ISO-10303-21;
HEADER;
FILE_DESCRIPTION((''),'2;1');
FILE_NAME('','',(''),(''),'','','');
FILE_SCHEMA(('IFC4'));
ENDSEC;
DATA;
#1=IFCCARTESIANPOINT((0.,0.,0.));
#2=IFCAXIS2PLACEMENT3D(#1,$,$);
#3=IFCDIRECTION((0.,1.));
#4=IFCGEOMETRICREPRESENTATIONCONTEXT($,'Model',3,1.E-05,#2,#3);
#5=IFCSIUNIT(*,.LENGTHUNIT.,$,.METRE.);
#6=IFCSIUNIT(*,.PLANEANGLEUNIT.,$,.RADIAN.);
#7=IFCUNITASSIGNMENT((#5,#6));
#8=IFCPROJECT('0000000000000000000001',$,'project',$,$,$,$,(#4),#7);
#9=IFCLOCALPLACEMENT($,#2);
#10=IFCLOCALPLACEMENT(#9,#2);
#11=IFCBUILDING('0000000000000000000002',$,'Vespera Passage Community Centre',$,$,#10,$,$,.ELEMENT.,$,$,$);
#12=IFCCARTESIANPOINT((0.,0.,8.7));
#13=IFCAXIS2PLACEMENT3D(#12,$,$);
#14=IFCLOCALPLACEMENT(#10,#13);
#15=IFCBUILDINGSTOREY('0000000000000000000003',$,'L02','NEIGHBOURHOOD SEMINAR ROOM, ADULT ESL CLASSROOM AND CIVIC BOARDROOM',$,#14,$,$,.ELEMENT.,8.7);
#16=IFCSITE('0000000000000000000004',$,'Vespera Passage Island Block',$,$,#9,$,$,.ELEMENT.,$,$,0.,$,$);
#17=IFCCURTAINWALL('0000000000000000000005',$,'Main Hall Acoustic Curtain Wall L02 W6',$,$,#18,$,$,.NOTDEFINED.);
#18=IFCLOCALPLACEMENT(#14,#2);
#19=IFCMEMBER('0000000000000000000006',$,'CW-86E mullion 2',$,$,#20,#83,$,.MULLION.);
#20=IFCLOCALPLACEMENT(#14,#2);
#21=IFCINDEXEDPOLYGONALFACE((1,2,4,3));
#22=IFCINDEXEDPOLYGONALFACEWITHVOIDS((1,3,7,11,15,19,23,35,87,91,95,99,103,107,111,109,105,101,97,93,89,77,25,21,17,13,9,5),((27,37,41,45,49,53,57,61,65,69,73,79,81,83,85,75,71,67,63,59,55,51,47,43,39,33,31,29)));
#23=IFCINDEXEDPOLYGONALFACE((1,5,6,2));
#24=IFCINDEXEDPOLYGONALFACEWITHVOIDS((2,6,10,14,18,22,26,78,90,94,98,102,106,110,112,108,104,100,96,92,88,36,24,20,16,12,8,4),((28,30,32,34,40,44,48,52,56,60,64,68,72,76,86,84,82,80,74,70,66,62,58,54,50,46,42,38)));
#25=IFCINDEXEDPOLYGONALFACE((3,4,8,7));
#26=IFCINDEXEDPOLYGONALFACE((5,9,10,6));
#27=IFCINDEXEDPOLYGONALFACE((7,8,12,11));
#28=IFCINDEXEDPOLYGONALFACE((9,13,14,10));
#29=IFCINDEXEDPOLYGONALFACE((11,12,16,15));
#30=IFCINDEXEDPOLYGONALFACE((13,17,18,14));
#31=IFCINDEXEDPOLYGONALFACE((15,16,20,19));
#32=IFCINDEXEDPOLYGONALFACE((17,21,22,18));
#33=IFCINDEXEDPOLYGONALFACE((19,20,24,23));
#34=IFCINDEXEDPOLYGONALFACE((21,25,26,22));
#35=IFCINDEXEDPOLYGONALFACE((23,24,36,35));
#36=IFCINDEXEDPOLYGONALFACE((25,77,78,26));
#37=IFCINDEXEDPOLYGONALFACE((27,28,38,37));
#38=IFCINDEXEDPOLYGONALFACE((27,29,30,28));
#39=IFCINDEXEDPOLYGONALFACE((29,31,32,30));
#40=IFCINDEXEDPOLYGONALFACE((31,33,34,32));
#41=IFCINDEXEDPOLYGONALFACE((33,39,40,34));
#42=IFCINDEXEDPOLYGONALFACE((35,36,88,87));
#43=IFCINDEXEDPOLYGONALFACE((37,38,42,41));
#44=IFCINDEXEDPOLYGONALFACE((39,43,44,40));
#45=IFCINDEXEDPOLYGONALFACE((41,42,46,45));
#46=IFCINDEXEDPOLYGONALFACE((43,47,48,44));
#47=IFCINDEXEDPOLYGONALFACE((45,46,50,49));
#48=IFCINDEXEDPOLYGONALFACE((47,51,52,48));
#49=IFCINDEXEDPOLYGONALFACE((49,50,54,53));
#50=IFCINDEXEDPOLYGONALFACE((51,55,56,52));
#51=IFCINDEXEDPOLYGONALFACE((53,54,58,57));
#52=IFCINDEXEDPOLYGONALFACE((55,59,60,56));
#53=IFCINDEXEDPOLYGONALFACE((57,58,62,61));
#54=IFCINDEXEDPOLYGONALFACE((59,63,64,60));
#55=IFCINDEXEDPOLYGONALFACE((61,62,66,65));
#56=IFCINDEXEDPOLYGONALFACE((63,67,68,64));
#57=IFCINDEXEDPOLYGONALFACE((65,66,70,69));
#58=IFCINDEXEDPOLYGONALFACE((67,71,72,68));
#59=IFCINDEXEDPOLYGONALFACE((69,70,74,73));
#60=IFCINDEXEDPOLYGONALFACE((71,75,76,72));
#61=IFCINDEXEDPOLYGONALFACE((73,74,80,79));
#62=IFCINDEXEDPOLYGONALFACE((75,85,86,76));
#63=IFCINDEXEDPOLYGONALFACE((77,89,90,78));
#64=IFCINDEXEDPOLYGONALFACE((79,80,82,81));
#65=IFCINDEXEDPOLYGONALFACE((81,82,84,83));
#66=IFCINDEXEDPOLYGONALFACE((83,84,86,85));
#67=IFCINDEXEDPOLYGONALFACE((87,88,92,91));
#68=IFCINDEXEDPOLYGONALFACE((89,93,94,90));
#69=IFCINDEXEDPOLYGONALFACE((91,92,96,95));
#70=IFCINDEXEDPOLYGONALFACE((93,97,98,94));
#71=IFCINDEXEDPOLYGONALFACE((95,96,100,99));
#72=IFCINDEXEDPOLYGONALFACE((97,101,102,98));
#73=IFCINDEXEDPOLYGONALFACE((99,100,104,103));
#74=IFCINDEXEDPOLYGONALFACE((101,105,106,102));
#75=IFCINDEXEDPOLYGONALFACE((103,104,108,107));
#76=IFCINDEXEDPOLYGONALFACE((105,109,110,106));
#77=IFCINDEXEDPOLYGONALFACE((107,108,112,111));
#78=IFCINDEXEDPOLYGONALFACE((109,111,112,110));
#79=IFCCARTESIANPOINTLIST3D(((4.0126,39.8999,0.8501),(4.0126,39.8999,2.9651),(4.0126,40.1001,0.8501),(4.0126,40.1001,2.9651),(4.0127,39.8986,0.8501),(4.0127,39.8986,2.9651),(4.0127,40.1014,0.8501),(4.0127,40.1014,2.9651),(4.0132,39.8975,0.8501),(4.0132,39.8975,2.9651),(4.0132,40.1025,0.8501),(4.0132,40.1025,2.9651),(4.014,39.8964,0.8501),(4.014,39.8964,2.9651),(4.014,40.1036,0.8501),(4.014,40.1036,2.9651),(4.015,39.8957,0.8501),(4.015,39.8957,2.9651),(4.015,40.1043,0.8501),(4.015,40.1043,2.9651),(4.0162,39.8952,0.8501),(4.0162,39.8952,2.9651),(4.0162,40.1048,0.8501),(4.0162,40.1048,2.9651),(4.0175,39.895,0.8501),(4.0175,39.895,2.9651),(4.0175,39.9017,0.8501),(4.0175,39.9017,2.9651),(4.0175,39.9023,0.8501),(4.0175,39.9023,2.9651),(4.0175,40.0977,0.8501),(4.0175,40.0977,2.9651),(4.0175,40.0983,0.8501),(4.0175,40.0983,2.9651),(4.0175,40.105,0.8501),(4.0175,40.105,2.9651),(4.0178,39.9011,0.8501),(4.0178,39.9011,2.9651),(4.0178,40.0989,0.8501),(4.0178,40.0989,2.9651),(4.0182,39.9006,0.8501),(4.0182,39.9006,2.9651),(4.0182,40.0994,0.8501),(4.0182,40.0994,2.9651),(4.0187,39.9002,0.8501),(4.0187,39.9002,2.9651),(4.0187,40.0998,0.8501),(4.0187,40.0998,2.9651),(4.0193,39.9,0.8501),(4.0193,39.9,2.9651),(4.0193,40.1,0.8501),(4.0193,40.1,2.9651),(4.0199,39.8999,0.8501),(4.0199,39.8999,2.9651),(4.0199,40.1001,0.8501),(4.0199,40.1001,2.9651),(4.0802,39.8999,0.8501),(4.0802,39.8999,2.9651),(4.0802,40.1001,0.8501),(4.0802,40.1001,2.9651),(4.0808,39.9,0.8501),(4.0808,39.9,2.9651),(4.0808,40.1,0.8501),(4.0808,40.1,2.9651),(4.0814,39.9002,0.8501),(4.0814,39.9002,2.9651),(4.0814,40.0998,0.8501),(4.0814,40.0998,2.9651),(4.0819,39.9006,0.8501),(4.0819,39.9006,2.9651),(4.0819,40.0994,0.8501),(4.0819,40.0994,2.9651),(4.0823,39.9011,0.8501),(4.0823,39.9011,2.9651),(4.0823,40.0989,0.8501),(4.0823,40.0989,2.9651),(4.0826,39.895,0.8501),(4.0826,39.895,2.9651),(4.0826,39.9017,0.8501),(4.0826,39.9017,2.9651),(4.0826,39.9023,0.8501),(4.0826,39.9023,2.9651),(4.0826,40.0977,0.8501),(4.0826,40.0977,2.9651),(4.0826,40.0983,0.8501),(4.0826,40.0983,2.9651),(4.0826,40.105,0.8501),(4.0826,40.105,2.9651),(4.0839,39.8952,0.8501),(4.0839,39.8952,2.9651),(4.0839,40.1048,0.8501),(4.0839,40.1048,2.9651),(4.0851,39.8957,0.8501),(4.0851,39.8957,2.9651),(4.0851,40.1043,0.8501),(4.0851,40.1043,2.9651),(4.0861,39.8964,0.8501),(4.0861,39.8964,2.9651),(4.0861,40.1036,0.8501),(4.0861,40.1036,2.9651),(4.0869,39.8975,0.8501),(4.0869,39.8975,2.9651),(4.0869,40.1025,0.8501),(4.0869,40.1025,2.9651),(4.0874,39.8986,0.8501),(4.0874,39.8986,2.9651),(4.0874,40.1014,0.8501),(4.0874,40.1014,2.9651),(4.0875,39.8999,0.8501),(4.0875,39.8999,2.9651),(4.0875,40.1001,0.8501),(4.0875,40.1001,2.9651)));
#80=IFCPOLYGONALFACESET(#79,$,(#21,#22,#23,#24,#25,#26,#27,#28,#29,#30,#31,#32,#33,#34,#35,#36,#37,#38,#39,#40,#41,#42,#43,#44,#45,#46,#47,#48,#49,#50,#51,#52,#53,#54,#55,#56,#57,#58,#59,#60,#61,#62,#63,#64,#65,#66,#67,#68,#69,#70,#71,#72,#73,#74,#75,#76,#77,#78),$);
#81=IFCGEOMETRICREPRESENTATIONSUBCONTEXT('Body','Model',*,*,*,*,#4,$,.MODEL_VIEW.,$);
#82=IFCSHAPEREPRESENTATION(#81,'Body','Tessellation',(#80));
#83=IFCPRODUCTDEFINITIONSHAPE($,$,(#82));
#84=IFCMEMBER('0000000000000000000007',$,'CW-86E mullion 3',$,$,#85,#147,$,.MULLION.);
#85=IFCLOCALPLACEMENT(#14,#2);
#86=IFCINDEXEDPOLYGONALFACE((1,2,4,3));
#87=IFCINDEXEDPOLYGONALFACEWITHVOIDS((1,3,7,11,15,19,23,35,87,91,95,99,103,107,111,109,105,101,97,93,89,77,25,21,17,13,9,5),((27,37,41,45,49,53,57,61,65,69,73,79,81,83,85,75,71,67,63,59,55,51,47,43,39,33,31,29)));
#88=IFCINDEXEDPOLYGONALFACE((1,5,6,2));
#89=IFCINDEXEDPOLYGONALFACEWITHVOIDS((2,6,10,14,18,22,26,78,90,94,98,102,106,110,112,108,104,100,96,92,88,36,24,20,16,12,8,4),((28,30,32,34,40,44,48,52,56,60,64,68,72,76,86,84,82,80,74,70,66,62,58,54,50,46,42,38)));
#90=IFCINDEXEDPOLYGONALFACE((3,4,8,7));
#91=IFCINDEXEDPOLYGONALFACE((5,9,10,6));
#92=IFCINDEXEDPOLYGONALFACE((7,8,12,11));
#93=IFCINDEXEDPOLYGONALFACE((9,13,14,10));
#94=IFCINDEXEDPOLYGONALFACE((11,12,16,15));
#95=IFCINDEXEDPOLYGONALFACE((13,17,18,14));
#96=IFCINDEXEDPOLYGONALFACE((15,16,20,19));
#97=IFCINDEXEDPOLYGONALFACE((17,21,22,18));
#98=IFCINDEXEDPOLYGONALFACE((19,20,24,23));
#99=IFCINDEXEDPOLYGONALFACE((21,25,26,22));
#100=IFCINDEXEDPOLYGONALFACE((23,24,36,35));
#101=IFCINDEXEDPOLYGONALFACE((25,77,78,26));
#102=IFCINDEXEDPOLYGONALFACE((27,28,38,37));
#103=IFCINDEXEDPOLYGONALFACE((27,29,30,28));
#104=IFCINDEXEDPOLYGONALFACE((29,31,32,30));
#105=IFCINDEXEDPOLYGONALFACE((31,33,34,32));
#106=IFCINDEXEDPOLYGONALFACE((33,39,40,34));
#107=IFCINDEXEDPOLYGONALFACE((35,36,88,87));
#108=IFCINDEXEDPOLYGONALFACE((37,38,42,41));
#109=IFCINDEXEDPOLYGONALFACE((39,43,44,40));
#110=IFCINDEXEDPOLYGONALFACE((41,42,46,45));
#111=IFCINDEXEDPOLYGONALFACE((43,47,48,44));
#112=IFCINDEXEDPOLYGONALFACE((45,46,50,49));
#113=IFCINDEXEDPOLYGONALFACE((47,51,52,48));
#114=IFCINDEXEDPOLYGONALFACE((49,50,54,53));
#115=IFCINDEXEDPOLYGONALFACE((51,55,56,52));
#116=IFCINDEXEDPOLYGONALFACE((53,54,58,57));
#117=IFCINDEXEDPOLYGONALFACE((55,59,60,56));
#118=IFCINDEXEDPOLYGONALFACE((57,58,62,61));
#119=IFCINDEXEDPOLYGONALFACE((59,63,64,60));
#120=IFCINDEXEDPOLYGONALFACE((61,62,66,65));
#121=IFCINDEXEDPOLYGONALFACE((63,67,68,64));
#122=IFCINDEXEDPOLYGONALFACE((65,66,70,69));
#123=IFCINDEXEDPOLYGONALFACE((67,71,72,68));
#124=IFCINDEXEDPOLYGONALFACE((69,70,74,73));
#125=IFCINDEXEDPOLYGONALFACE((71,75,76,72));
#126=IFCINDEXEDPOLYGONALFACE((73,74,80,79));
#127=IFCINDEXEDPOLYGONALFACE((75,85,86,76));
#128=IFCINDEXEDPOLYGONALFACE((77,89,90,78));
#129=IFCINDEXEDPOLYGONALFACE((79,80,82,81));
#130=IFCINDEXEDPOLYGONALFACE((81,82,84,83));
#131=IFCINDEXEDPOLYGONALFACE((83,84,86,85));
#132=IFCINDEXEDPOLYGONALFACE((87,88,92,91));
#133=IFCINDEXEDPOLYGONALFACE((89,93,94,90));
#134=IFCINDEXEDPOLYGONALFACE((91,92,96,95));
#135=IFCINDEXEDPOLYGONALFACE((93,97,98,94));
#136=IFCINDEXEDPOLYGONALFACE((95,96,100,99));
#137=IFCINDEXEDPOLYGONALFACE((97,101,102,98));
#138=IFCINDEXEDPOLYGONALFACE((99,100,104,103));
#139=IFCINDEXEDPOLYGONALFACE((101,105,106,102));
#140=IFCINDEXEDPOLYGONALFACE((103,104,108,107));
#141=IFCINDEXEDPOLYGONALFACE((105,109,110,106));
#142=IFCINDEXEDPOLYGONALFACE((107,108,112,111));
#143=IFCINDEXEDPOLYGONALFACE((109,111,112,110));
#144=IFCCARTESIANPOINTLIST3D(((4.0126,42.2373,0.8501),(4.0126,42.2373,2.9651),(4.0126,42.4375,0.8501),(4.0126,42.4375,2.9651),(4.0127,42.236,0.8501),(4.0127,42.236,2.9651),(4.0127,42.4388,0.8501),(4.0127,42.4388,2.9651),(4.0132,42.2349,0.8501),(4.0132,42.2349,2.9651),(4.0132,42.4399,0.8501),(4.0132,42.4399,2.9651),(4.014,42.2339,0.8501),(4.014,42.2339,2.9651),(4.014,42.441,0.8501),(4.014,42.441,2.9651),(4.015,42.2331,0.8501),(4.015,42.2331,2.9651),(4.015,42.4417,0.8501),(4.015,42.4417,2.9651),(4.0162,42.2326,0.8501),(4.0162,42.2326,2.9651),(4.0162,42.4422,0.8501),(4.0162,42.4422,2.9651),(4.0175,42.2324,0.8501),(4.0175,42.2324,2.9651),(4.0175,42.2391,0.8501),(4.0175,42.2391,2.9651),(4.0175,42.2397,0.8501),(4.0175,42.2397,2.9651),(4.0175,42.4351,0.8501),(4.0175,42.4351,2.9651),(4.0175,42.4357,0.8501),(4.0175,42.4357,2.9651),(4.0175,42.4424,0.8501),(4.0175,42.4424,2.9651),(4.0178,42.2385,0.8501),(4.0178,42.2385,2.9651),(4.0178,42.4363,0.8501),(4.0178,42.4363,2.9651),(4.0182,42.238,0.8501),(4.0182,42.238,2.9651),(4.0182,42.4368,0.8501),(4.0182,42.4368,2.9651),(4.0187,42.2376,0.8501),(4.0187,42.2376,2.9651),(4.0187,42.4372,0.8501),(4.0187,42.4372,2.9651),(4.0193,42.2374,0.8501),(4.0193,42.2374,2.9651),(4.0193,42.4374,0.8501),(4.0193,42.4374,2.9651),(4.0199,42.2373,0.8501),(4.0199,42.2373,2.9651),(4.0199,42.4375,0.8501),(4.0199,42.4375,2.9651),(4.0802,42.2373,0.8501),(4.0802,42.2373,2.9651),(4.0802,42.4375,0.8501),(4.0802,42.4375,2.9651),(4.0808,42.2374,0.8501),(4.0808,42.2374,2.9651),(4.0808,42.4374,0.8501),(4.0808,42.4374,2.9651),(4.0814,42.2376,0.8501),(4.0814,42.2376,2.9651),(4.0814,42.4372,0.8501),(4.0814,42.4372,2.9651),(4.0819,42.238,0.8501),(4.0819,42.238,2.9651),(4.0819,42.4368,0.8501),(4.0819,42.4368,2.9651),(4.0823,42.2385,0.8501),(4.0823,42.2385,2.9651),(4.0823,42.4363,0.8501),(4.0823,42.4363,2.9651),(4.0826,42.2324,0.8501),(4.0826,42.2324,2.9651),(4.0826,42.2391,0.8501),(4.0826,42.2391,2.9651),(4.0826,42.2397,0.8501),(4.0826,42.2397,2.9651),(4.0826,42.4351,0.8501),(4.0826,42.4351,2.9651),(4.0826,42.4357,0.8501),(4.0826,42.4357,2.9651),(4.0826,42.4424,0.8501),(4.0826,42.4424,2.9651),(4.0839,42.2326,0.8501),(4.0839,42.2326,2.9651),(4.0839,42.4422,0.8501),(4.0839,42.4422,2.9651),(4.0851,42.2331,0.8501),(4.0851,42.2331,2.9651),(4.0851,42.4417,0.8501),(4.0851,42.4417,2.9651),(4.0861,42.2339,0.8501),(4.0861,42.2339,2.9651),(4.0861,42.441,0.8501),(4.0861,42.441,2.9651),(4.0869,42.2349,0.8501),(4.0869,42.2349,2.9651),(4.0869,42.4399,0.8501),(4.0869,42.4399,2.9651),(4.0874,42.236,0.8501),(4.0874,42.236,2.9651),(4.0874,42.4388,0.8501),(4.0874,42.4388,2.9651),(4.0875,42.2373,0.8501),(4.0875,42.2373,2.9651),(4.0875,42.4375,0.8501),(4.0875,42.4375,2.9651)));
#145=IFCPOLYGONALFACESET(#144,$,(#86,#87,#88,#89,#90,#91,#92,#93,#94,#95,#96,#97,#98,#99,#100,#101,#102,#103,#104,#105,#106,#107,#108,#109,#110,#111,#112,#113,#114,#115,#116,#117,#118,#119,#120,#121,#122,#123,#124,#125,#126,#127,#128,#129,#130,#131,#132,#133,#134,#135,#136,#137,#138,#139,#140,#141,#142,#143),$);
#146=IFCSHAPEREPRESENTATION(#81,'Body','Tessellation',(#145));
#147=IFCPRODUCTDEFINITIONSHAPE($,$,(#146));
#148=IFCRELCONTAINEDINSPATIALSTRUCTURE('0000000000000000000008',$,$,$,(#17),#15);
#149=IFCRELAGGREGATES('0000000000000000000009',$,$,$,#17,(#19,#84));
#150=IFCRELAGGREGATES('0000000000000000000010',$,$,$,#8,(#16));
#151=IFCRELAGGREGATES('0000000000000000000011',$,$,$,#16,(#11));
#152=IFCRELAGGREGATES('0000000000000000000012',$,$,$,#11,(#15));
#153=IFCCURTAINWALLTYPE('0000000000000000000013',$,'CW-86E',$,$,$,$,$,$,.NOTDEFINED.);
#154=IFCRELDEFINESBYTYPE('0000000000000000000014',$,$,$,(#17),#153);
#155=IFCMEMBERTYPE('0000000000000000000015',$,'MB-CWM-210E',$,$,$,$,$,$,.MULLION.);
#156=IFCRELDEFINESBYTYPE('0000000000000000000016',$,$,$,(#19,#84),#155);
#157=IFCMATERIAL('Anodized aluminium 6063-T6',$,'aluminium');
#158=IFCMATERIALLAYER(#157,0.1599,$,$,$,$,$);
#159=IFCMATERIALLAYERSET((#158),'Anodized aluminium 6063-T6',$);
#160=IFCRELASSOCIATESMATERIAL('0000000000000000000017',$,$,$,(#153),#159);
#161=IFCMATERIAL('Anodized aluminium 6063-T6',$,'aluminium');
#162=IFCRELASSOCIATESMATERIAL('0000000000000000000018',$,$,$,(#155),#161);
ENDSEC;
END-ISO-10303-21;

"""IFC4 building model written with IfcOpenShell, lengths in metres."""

from ifc_helpers import new_model, si_unit, direction, frame, origin, origin_2d, place, context, subcontext, project, spatial, hollow_rectangle, extrude, material, layer, layer_set, material_profile, profile_set, type_object, element, aggregate, save


model = new_model("IFC4")

# Units and contexts
model_context = context("Model", 3, precision=1e-05, world=origin(), true_north=direction((0.0, 1.0)))
body_context = subcontext(model_context, "Body", "Model", "MODEL_VIEW")
ifc_project = project(units=[si_unit("LENGTHUNIT", "METRE"), si_unit("PLANEANGLEUNIT", "RADIAN")], contexts=[model_context])

# Site, building, storey
site_placement = place(None, origin())
site = spatial("IfcSite", under=ifc_project, at=site_placement, Name="Vespera Passage Island Block", CompositionType="ELEMENT", RefElevation=0.0)
building_placement = place(site_placement, origin())
building = spatial("IfcBuilding", under=site, at=building_placement, Name="Vespera Passage Community Centre", CompositionType="ELEMENT")
storey_placement = place(building_placement, frame((0.0, 0.0, 8.7)))
storey = spatial("IfcBuildingStorey", under=building, at=storey_placement, Name="L02", Description="NEIGHBOURHOOD SEMINAR ROOM, ADULT ESL CLASSROOM AND CIVIC BOARDROOM", CompositionType="ELEMENT", Elevation=8.7)

# Curtain wall, members
ifc_material_1 = material(Name="Anodized aluminium 6063-T6", Category="aluminium")
ifc_layer_1 = layer(ifc_material_1, 0.1599)
ifc_layer_set_1 = layer_set([ifc_layer_1], Name="Anodized aluminium 6063-T6")
curtain_wall_type = type_object("IfcCurtainWallType", Name="CW-86E", PredefinedType="NOTDEFINED", material=ifc_layer_set_1)
ifc_material_2 = material(Name="Anodized aluminium 6063-T6", Category="aluminium")
ifc_material_profile_1 = material_profile(ifc_material_2, hollow_rectangle(XDim=0.075, YDim=0.21, WallThickness=0.0049, InnerFilletRadius=0.0024, OuterFilletRadius=0.0049, at=origin_2d()), Name="ALU210X75X5")
ifc_profile_set_1 = profile_set([ifc_material_profile_1], Name="Anodized aluminium 6063-T6")
member_type_1 = type_object("IfcMemberType", Name="MB-CWM-210E", PredefinedType="MULLION", material=ifc_profile_set_1)
curtain_wall_1_placement = place(storey_placement, origin())
curtain_wall_1 = element("IfcCurtainWall", 1, at=curtain_wall_1_placement, inside=storey, type_object=curtain_wall_type, Name="Main Hall Acoustic Curtain Wall L02 W6", PredefinedType="NOTDEFINED")
member_1_placement = place(storey_placement, frame((4.05, 40.0, 0.8501), z_axis=(0.0, 0.0, 1.0), x_axis=(-1.0, 0.0, 0.0)))
member_1 = element("IfcMember", 2, at=member_1_placement, type_object=member_type_1, Name="CW-86E mullion 2", PredefinedType="MULLION", context=body_context, shape_type="SweptSolid", body=[
    extrude(hollow_rectangle(XDim=0.075, YDim=0.21, WallThickness=0.0049, InnerFilletRadius=0.0024, OuterFilletRadius=0.0049, at=origin_2d()), origin(), (0.0, 0.0, 1.0), 2.115),
])
member_2_placement = place(storey_placement, frame((4.05, 42.3374, 0.8501), z_axis=(0.0, 0.0, 1.0), x_axis=(-1.0, 0.0, 0.0)))
member_2 = element("IfcMember", 3, at=member_2_placement, type_object=member_type_1, Name="CW-86E mullion 3", PredefinedType="MULLION", context=body_context, shape_type="SweptSolid", body=[
    extrude(hollow_rectangle(XDim=0.075, YDim=0.21, WallThickness=0.0049, InnerFilletRadius=0.0024, OuterFilletRadius=0.0049, at=origin_2d()), origin(), (0.0, 0.0, 1.0), 2.115),
])

aggregate(curtain_wall_1, [member_1, member_2])

save(model, "model.ifc")
